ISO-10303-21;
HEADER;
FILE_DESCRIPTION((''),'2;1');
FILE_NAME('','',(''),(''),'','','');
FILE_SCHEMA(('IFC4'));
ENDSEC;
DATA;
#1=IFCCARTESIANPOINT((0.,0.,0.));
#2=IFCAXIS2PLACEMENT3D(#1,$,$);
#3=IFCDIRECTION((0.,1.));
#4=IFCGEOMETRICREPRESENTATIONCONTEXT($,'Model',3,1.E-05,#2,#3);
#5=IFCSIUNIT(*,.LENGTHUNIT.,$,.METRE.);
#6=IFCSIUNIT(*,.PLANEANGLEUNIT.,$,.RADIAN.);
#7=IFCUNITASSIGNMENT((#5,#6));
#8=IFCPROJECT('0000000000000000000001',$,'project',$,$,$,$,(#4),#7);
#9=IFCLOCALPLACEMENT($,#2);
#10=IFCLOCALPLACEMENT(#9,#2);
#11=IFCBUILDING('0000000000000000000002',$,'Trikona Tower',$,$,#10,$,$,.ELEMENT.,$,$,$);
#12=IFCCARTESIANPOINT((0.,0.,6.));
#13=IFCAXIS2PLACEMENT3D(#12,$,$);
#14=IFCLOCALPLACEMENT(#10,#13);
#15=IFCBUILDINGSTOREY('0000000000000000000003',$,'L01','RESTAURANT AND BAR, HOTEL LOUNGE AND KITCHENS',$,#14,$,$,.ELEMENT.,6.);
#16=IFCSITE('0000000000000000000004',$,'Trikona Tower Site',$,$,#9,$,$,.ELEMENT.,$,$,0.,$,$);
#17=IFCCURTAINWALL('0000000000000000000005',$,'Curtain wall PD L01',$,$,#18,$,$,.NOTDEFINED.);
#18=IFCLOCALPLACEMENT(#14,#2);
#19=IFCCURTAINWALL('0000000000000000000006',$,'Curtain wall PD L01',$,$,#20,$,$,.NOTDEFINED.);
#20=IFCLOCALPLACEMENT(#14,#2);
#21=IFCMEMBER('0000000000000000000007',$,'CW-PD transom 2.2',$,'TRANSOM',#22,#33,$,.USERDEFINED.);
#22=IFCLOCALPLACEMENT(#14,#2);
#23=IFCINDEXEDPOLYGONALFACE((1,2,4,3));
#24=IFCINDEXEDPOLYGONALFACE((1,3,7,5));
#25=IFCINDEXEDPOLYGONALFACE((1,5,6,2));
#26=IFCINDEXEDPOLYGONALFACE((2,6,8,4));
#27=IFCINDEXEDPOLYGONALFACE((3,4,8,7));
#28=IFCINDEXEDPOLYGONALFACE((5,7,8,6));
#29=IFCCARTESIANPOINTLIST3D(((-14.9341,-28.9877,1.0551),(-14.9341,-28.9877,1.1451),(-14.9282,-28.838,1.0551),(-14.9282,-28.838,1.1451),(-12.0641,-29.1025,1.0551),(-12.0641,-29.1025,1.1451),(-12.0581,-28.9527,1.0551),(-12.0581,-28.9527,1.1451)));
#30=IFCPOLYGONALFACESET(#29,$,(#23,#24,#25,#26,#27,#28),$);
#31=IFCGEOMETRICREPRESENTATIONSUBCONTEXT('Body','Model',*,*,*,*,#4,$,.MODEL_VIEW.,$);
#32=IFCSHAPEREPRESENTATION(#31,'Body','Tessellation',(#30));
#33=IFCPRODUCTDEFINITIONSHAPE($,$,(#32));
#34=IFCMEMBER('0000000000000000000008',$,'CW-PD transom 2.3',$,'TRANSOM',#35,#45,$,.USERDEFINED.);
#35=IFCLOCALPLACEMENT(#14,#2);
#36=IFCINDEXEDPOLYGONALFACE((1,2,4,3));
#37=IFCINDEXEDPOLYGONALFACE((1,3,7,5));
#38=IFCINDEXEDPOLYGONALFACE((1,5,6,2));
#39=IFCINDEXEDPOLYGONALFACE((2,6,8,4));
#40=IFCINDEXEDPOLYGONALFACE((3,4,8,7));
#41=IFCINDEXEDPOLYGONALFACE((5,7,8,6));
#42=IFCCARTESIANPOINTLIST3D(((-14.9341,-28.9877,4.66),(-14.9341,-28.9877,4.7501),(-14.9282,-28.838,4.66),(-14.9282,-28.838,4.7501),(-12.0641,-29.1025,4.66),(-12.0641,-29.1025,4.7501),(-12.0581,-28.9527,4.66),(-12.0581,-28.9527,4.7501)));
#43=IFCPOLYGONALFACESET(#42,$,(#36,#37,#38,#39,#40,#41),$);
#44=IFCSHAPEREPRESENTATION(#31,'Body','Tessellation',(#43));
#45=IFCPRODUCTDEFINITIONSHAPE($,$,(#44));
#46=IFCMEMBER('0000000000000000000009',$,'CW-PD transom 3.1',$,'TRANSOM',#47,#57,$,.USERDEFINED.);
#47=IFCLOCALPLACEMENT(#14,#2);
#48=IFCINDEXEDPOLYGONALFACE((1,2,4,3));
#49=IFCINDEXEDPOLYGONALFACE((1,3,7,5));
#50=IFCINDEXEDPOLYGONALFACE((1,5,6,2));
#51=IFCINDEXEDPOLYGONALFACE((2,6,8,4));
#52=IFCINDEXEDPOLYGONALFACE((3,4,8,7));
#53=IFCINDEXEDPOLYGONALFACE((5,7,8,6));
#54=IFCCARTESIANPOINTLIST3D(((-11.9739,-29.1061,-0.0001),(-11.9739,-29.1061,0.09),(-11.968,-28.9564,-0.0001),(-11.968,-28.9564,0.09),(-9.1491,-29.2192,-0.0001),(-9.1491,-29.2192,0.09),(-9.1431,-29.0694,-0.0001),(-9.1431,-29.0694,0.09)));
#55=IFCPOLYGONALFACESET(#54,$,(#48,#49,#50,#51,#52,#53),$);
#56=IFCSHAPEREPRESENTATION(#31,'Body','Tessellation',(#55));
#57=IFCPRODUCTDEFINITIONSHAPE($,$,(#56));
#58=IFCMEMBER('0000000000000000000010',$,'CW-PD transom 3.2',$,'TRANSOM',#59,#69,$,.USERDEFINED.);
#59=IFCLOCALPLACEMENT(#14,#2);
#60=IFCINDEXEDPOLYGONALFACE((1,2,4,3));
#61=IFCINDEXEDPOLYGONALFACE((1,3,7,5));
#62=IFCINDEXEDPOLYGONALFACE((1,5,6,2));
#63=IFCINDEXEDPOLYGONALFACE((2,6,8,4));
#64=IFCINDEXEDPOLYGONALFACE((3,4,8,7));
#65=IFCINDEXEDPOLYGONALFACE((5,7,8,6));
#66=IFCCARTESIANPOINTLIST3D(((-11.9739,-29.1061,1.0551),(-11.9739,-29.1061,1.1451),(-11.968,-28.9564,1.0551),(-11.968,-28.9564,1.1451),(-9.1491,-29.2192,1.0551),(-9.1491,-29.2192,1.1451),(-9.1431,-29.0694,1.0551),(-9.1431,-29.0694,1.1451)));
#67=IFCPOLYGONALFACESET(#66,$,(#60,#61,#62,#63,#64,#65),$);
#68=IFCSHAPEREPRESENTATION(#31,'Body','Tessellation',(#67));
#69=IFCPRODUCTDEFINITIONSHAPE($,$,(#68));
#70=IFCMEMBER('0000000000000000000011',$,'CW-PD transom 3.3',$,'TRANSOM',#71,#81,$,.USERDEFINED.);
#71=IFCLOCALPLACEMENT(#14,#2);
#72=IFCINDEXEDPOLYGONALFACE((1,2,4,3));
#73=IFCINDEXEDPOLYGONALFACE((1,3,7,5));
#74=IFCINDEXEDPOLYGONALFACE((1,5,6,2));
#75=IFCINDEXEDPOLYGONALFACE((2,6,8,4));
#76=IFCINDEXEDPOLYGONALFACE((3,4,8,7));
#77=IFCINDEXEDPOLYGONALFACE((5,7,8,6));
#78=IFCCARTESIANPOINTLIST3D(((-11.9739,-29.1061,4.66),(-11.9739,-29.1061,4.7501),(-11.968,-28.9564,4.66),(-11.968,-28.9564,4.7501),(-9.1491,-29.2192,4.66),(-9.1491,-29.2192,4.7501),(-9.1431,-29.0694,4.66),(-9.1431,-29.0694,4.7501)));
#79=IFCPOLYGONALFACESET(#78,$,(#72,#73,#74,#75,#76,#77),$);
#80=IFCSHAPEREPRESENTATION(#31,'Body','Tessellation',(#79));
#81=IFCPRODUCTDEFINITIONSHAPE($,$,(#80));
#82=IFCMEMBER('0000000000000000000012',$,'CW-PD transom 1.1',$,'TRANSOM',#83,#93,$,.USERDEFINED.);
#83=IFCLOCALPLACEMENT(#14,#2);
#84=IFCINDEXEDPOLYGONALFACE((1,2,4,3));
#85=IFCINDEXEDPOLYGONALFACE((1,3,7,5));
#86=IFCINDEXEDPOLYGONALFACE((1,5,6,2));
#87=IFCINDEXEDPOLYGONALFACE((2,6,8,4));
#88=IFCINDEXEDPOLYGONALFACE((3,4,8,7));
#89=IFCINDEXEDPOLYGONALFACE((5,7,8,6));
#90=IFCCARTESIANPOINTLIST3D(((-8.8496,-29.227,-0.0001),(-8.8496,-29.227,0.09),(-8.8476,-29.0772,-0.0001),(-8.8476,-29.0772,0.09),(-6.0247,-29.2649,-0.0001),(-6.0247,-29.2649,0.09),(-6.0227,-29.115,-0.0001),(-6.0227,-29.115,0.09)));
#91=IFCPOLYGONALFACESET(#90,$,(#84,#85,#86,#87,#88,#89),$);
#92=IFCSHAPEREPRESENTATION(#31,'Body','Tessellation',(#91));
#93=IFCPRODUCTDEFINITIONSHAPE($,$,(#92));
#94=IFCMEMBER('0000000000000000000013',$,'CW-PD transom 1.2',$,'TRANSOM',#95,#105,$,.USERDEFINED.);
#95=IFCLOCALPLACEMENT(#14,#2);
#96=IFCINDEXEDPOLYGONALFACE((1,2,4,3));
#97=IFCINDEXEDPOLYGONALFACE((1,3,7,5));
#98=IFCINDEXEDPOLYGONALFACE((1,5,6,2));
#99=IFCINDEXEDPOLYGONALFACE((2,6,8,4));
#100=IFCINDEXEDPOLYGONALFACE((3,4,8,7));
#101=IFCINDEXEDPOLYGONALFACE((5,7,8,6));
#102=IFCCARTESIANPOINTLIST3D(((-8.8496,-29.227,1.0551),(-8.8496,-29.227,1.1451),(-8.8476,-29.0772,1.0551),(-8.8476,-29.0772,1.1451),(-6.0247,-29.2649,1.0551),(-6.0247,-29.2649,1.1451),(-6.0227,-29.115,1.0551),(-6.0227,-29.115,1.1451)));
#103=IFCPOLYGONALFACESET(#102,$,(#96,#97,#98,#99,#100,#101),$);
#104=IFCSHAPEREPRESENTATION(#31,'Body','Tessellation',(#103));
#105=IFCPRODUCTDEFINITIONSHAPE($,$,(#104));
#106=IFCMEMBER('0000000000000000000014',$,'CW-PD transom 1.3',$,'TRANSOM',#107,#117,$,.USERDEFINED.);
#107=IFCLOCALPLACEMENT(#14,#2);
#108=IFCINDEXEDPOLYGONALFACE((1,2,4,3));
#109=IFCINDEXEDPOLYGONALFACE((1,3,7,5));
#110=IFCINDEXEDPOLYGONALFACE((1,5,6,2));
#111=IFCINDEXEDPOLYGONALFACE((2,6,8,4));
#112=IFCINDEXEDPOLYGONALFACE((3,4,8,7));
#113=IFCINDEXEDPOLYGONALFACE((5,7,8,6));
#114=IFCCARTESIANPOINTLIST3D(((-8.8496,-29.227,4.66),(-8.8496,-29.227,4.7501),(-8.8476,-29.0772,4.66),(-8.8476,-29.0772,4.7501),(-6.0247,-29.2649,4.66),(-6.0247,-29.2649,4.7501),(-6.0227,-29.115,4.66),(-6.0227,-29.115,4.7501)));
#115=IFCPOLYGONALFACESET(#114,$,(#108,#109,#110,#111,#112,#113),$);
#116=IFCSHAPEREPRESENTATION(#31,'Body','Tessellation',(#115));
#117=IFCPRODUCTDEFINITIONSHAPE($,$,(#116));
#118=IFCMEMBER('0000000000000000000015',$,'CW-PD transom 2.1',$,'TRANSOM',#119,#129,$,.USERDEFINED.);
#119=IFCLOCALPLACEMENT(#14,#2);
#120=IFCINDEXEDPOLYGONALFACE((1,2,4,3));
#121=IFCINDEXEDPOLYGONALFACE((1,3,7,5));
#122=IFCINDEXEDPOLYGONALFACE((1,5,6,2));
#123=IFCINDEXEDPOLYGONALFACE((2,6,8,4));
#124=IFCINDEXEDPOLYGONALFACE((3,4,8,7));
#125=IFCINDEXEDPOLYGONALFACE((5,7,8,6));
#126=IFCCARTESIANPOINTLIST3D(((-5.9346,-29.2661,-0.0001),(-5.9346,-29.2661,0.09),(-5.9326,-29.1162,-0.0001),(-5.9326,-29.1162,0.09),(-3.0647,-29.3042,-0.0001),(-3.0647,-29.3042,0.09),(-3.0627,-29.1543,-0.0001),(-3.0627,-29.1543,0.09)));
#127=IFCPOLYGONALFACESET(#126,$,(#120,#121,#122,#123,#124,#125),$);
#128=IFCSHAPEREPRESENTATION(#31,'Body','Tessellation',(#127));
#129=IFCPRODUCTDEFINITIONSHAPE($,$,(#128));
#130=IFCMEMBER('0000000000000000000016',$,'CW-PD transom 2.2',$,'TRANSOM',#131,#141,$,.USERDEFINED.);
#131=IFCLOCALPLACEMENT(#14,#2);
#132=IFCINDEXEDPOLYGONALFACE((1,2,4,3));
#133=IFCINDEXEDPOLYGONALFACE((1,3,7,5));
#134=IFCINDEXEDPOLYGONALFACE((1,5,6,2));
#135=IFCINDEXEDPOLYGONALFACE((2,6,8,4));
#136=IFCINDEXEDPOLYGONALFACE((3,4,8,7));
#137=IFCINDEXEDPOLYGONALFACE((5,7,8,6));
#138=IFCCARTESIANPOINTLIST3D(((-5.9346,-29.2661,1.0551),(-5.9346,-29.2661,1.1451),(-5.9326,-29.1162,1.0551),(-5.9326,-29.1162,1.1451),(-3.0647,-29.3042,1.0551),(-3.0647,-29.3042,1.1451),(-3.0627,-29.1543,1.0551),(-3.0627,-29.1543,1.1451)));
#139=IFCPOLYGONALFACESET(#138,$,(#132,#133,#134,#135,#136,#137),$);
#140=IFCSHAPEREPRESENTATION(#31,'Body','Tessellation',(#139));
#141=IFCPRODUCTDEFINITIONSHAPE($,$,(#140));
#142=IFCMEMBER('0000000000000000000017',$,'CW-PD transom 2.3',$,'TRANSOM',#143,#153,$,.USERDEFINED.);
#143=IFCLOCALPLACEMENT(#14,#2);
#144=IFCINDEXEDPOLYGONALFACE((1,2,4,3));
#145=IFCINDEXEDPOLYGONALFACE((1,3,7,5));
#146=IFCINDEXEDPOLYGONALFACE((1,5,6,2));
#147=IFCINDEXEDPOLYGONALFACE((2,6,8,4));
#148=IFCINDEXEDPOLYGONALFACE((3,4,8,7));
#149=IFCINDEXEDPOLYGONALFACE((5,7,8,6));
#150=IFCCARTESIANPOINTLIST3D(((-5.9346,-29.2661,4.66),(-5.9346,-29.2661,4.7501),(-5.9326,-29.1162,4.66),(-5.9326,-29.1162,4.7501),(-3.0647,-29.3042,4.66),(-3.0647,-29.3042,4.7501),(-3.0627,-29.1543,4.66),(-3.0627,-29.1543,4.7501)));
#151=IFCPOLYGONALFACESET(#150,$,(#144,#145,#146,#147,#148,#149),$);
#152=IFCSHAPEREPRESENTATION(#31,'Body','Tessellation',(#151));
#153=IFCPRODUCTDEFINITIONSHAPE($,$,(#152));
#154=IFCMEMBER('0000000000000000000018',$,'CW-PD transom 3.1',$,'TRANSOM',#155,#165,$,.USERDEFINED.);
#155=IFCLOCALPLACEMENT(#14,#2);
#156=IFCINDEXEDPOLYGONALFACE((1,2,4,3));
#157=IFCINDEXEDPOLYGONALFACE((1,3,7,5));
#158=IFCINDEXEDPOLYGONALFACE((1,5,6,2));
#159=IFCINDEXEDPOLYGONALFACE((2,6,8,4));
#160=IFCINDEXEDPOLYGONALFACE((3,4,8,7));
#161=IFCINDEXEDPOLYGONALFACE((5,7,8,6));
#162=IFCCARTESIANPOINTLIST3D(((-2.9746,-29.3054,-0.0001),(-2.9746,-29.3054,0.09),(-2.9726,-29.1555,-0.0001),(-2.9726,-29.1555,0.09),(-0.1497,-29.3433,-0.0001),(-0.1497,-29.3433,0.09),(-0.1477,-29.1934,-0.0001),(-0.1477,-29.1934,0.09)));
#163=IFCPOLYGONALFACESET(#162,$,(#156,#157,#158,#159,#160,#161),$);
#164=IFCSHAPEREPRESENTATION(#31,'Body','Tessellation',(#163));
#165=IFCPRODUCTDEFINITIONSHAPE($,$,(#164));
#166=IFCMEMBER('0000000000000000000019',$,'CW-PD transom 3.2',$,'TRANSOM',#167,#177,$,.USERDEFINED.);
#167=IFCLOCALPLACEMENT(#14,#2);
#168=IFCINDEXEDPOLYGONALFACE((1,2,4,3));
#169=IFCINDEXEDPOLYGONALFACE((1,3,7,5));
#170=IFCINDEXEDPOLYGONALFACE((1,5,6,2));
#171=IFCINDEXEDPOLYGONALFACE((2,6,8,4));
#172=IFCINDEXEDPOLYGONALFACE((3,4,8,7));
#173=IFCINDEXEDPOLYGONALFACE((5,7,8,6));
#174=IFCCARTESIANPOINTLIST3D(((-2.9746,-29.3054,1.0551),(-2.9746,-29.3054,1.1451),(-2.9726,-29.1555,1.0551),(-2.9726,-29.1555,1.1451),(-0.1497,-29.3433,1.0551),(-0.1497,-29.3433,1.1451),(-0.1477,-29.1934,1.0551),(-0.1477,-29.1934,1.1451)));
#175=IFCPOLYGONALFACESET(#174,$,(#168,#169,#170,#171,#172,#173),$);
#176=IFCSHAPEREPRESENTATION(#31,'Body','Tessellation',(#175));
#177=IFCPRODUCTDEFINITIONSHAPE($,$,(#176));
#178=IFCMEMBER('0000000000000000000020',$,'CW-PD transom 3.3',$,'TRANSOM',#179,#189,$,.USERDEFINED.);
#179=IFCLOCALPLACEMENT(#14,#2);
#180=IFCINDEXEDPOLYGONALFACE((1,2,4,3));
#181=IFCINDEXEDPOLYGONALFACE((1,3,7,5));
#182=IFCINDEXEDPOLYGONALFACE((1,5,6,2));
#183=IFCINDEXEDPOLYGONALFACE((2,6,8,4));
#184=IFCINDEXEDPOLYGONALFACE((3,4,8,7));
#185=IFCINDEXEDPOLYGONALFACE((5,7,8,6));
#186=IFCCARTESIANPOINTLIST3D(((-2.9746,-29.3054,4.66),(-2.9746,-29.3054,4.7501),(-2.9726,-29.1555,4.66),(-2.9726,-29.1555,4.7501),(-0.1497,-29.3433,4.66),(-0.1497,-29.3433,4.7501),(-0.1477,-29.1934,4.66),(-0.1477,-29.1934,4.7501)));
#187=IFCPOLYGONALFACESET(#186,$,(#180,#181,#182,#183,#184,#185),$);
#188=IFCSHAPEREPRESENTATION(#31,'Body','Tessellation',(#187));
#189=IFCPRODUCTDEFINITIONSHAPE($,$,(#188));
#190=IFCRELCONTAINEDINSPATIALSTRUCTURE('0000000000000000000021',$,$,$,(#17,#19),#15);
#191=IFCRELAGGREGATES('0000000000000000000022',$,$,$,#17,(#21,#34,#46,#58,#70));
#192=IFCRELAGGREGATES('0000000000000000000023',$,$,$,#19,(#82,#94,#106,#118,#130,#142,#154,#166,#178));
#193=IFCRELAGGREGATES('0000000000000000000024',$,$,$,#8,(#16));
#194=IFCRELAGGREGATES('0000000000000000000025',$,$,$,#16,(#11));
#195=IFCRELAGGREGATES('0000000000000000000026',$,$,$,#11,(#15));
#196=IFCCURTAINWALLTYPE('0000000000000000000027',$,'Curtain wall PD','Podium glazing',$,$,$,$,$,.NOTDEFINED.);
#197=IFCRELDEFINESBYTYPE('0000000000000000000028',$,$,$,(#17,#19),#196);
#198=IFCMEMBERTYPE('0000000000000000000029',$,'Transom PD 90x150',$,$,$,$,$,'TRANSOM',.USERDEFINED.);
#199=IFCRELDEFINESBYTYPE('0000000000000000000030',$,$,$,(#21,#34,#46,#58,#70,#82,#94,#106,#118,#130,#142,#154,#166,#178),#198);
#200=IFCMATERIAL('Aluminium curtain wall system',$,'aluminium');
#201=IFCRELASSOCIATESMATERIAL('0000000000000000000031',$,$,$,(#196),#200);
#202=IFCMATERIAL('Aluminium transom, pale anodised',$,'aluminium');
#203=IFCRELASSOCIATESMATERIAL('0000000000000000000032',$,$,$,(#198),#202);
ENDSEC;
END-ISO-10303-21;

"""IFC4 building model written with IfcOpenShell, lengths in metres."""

from ifc_helpers import new_model, si_unit, direction, frame, origin, origin_2d, place, context, subcontext, project, spatial, rectangle, extrude, material, material_profile, profile_set, type_object, element, aggregate, save


model = new_model("IFC4")

# Units and contexts
model_context = context("Model", 3, precision=1e-05, world=origin(), true_north=direction((0.0, 1.0)))
body_context = subcontext(model_context, "Body", "Model", "MODEL_VIEW")
ifc_project = project(units=[si_unit("LENGTHUNIT", "METRE"), si_unit("PLANEANGLEUNIT", "RADIAN")], contexts=[model_context])

# Site, building, storey
site_placement = place(None, origin())
site = spatial("IfcSite", under=ifc_project, at=site_placement, Name="Trikona Tower Site", CompositionType="ELEMENT", RefElevation=0.0)
building_placement = place(site_placement, origin())
building = spatial("IfcBuilding", under=site, at=building_placement, Name="Trikona Tower", CompositionType="ELEMENT")
storey_placement = place(building_placement, frame((0.0, 0.0, 6.0)))
storey = spatial("IfcBuildingStorey", under=building, at=storey_placement, Name="L01", Description="RESTAURANT AND BAR, HOTEL LOUNGE AND KITCHENS", CompositionType="ELEMENT", Elevation=6.0)

# Curtain walls
ifc_material_1 = material(Name="Aluminium curtain wall system", Category="aluminium")
curtain_wall_type = type_object("IfcCurtainWallType", Name="Curtain wall PD", Description="Podium glazing", PredefinedType="NOTDEFINED", material=ifc_material_1)
curtain_wall_1_placement = place(storey_placement, origin())
curtain_wall_1 = element("IfcCurtainWall", 1, at=curtain_wall_1_placement, inside=storey, type_object=curtain_wall_type, Name="Curtain wall PD L01", PredefinedType="NOTDEFINED")
curtain_wall_2_placement = place(storey_placement, origin())
curtain_wall_2 = element("IfcCurtainWall", 2, at=curtain_wall_2_placement, inside=storey, type_object=curtain_wall_type, Name="Curtain wall PD L01", PredefinedType="NOTDEFINED")

# Members
ifc_material_2 = material(Name="Aluminium transom, pale anodised", Category="aluminium")
ifc_material_profile_1 = material_profile(ifc_material_2, rectangle(XDim=0.1499, YDim=0.0901, at=origin_2d()), Name="TRN-PD")
ifc_profile_set_1 = profile_set([ifc_material_profile_1], Name="Aluminium transom, pale anodised")
member_type_1 = type_object("IfcMemberType", Name="Transom PD 90x150", ElementType="TRANSOM", PredefinedType="USERDEFINED", material=ifc_profile_set_1)
member_1_placement = place(storey_placement, frame((-14.9312, -28.9128, 1.1001), z_axis=(0.999202, -0.039948, 0.0), x_axis=(0.039948, 0.999202, 0.0)))
member_1 = element("IfcMember", 3, at=member_1_placement, type_object=member_type_1, Name="CW-PD transom 2.2", ObjectType="TRANSOM", PredefinedType="USERDEFINED", context=body_context, shape_type="SweptSolid", body=[
    extrude(rectangle(XDim=0.1499, YDim=0.0901, at=origin_2d()), origin(), (0.0, 0.0, 1.0), 2.8723),
])
member_2_placement = place(storey_placement, frame((-14.9312, -28.9128, 4.7051), z_axis=(0.999202, -0.039948, 0.0), x_axis=(0.039948, 0.999202, 0.0)))
member_2 = element("IfcMember", 4, at=member_2_placement, type_object=member_type_1, Name="CW-PD transom 2.3", ObjectType="TRANSOM", PredefinedType="USERDEFINED", context=body_context, shape_type="SweptSolid", body=[
    extrude(rectangle(XDim=0.1499, YDim=0.0901, at=origin_2d()), origin(), (0.0, 0.0, 1.0), 2.8723),
])
member_3_placement = place(storey_placement, frame((-11.9709, -29.0312, 0.0449), z_axis=(0.9992, -0.039982, 0.0), x_axis=(0.039982, 0.9992, 0.0)))
member_3 = element("IfcMember", 5, at=member_3_placement, type_object=member_type_1, Name="CW-PD transom 3.1", ObjectType="TRANSOM", PredefinedType="USERDEFINED", context=body_context, shape_type="SweptSolid", body=[
    extrude(rectangle(XDim=0.1499, YDim=0.0901, at=origin_2d()), origin(), (0.0, 0.0, 1.0), 2.8271),
])
member_4_placement = place(storey_placement, frame((-11.9709, -29.0312, 1.1001), z_axis=(0.9992, -0.039982, 0.0), x_axis=(0.039982, 0.9992, 0.0)))
member_4 = element("IfcMember", 6, at=member_4_placement, type_object=member_type_1, Name="CW-PD transom 3.2", ObjectType="TRANSOM", PredefinedType="USERDEFINED", context=body_context, shape_type="SweptSolid", body=[
    extrude(rectangle(XDim=0.1499, YDim=0.0901, at=origin_2d()), origin(), (0.0, 0.0, 1.0), 2.8271),
])
member_5_placement = place(storey_placement, frame((-11.9709, -29.0312, 4.7051), z_axis=(0.9992, -0.039982, 0.0), x_axis=(0.039982, 0.9992, 0.0)))
member_5 = element("IfcMember", 7, at=member_5_placement, type_object=member_type_1, Name="CW-PD transom 3.3", ObjectType="TRANSOM", PredefinedType="USERDEFINED", context=body_context, shape_type="SweptSolid", body=[
    extrude(rectangle(XDim=0.1499, YDim=0.0901, at=origin_2d()), origin(), (0.0, 0.0, 1.0), 2.8271),
])
member_6_placement = place(storey_placement, frame((-8.8486, -29.1521, 0.0449), z_axis=(0.99991, -0.013394, 0.0), x_axis=(0.013394, 0.99991, 0.0)))
member_6 = element("IfcMember", 8, at=member_6_placement, type_object=member_type_1, Name="CW-PD transom 1.1", ObjectType="TRANSOM", PredefinedType="USERDEFINED", context=body_context, shape_type="SweptSolid", body=[
    extrude(rectangle(XDim=0.1499, YDim=0.0901, at=origin_2d()), origin(), (0.0, 0.0, 1.0), 2.8252),
])
member_7_placement = place(storey_placement, frame((-8.8486, -29.1521, 1.1001), z_axis=(0.99991, -0.013394, 0.0), x_axis=(0.013394, 0.99991, 0.0)))
member_7 = element("IfcMember", 9, at=member_7_placement, type_object=member_type_1, Name="CW-PD transom 1.2", ObjectType="TRANSOM", PredefinedType="USERDEFINED", context=body_context, shape_type="SweptSolid", body=[
    extrude(rectangle(XDim=0.1499, YDim=0.0901, at=origin_2d()), origin(), (0.0, 0.0, 1.0), 2.8252),
])
member_8_placement = place(storey_placement, frame((-8.8486, -29.1521, 4.7051), z_axis=(0.99991, -0.013394, 0.0), x_axis=(0.013394, 0.99991, 0.0)))
member_8 = element("IfcMember", 10, at=member_8_placement, type_object=member_type_1, Name="CW-PD transom 1.3", ObjectType="TRANSOM", PredefinedType="USERDEFINED", context=body_context, shape_type="SweptSolid", body=[
    extrude(rectangle(XDim=0.1499, YDim=0.0901, at=origin_2d()), origin(), (0.0, 0.0, 1.0), 2.8252),
])
member_9_placement = place(storey_placement, frame((-5.9336, -29.1912, 0.0449), z_axis=(0.999912, -0.01327, 0.0), x_axis=(0.01327, 0.999912, 0.0)))
member_9 = element("IfcMember", 11, at=member_9_placement, type_object=member_type_1, Name="CW-PD transom 2.1", ObjectType="TRANSOM", PredefinedType="USERDEFINED", context=body_context, shape_type="SweptSolid", body=[
    extrude(rectangle(XDim=0.1499, YDim=0.0901, at=origin_2d()), origin(), (0.0, 0.0, 1.0), 2.8701),
])
member_10_placement = place(storey_placement, frame((-5.9336, -29.1912, 1.1001), z_axis=(0.999912, -0.01327, 0.0), x_axis=(0.01327, 0.999912, 0.0)))
member_10 = element("IfcMember", 12, at=member_10_placement, type_object=member_type_1, Name="CW-PD transom 2.2", ObjectType="TRANSOM", PredefinedType="USERDEFINED", context=body_context, shape_type="SweptSolid", body=[
    extrude(rectangle(XDim=0.1499, YDim=0.0901, at=origin_2d()), origin(), (0.0, 0.0, 1.0), 2.8701),
])
member_11_placement = place(storey_placement, frame((-5.9336, -29.1912, 4.7051), z_axis=(0.999912, -0.01327, 0.0), x_axis=(0.01327, 0.999912, 0.0)))
member_11 = element("IfcMember", 13, at=member_11_placement, type_object=member_type_1, Name="CW-PD transom 2.3", ObjectType="TRANSOM", PredefinedType="USERDEFINED", context=body_context, shape_type="SweptSolid", body=[
    extrude(rectangle(XDim=0.1499, YDim=0.0901, at=origin_2d()), origin(), (0.0, 0.0, 1.0), 2.8701),
])
member_12_placement = place(storey_placement, frame((-2.9736, -29.2305, 0.0449), z_axis=(0.99991, -0.013394, 0.0), x_axis=(0.013394, 0.99991, 0.0)))
member_12 = element("IfcMember", 14, at=member_12_placement, type_object=member_type_1, Name="CW-PD transom 3.1", ObjectType="TRANSOM", PredefinedType="USERDEFINED", context=body_context, shape_type="SweptSolid", body=[
    extrude(rectangle(XDim=0.1499, YDim=0.0901, at=origin_2d()), origin(), (0.0, 0.0, 1.0), 2.8252),
])
member_13_placement = place(storey_placement, frame((-2.9736, -29.2305, 1.1001), z_axis=(0.99991, -0.013394, 0.0), x_axis=(0.013394, 0.99991, 0.0)))
member_13 = element("IfcMember", 15, at=member_13_placement, type_object=member_type_1, Name="CW-PD transom 3.2", ObjectType="TRANSOM", PredefinedType="USERDEFINED", context=body_context, shape_type="SweptSolid", body=[
    extrude(rectangle(XDim=0.1499, YDim=0.0901, at=origin_2d()), origin(), (0.0, 0.0, 1.0), 2.8252),
])
member_14_placement = place(storey_placement, frame((-2.9736, -29.2305, 4.7051), z_axis=(0.99991, -0.013394, 0.0), x_axis=(0.013394, 0.99991, 0.0)))
member_14 = element("IfcMember", 16, at=member_14_placement, type_object=member_type_1, Name="CW-PD transom 3.3", ObjectType="TRANSOM", PredefinedType="USERDEFINED", context=body_context, shape_type="SweptSolid", body=[
    extrude(rectangle(XDim=0.1499, YDim=0.0901, at=origin_2d()), origin(), (0.0, 0.0, 1.0), 2.8252),
])

aggregate(curtain_wall_1, [member_1, member_2, member_3, member_4, member_5])
aggregate(curtain_wall_2, [member_6, member_7, member_8, member_9, member_10, member_11, member_12, member_13, member_14])

save(model, "model.ifc")
